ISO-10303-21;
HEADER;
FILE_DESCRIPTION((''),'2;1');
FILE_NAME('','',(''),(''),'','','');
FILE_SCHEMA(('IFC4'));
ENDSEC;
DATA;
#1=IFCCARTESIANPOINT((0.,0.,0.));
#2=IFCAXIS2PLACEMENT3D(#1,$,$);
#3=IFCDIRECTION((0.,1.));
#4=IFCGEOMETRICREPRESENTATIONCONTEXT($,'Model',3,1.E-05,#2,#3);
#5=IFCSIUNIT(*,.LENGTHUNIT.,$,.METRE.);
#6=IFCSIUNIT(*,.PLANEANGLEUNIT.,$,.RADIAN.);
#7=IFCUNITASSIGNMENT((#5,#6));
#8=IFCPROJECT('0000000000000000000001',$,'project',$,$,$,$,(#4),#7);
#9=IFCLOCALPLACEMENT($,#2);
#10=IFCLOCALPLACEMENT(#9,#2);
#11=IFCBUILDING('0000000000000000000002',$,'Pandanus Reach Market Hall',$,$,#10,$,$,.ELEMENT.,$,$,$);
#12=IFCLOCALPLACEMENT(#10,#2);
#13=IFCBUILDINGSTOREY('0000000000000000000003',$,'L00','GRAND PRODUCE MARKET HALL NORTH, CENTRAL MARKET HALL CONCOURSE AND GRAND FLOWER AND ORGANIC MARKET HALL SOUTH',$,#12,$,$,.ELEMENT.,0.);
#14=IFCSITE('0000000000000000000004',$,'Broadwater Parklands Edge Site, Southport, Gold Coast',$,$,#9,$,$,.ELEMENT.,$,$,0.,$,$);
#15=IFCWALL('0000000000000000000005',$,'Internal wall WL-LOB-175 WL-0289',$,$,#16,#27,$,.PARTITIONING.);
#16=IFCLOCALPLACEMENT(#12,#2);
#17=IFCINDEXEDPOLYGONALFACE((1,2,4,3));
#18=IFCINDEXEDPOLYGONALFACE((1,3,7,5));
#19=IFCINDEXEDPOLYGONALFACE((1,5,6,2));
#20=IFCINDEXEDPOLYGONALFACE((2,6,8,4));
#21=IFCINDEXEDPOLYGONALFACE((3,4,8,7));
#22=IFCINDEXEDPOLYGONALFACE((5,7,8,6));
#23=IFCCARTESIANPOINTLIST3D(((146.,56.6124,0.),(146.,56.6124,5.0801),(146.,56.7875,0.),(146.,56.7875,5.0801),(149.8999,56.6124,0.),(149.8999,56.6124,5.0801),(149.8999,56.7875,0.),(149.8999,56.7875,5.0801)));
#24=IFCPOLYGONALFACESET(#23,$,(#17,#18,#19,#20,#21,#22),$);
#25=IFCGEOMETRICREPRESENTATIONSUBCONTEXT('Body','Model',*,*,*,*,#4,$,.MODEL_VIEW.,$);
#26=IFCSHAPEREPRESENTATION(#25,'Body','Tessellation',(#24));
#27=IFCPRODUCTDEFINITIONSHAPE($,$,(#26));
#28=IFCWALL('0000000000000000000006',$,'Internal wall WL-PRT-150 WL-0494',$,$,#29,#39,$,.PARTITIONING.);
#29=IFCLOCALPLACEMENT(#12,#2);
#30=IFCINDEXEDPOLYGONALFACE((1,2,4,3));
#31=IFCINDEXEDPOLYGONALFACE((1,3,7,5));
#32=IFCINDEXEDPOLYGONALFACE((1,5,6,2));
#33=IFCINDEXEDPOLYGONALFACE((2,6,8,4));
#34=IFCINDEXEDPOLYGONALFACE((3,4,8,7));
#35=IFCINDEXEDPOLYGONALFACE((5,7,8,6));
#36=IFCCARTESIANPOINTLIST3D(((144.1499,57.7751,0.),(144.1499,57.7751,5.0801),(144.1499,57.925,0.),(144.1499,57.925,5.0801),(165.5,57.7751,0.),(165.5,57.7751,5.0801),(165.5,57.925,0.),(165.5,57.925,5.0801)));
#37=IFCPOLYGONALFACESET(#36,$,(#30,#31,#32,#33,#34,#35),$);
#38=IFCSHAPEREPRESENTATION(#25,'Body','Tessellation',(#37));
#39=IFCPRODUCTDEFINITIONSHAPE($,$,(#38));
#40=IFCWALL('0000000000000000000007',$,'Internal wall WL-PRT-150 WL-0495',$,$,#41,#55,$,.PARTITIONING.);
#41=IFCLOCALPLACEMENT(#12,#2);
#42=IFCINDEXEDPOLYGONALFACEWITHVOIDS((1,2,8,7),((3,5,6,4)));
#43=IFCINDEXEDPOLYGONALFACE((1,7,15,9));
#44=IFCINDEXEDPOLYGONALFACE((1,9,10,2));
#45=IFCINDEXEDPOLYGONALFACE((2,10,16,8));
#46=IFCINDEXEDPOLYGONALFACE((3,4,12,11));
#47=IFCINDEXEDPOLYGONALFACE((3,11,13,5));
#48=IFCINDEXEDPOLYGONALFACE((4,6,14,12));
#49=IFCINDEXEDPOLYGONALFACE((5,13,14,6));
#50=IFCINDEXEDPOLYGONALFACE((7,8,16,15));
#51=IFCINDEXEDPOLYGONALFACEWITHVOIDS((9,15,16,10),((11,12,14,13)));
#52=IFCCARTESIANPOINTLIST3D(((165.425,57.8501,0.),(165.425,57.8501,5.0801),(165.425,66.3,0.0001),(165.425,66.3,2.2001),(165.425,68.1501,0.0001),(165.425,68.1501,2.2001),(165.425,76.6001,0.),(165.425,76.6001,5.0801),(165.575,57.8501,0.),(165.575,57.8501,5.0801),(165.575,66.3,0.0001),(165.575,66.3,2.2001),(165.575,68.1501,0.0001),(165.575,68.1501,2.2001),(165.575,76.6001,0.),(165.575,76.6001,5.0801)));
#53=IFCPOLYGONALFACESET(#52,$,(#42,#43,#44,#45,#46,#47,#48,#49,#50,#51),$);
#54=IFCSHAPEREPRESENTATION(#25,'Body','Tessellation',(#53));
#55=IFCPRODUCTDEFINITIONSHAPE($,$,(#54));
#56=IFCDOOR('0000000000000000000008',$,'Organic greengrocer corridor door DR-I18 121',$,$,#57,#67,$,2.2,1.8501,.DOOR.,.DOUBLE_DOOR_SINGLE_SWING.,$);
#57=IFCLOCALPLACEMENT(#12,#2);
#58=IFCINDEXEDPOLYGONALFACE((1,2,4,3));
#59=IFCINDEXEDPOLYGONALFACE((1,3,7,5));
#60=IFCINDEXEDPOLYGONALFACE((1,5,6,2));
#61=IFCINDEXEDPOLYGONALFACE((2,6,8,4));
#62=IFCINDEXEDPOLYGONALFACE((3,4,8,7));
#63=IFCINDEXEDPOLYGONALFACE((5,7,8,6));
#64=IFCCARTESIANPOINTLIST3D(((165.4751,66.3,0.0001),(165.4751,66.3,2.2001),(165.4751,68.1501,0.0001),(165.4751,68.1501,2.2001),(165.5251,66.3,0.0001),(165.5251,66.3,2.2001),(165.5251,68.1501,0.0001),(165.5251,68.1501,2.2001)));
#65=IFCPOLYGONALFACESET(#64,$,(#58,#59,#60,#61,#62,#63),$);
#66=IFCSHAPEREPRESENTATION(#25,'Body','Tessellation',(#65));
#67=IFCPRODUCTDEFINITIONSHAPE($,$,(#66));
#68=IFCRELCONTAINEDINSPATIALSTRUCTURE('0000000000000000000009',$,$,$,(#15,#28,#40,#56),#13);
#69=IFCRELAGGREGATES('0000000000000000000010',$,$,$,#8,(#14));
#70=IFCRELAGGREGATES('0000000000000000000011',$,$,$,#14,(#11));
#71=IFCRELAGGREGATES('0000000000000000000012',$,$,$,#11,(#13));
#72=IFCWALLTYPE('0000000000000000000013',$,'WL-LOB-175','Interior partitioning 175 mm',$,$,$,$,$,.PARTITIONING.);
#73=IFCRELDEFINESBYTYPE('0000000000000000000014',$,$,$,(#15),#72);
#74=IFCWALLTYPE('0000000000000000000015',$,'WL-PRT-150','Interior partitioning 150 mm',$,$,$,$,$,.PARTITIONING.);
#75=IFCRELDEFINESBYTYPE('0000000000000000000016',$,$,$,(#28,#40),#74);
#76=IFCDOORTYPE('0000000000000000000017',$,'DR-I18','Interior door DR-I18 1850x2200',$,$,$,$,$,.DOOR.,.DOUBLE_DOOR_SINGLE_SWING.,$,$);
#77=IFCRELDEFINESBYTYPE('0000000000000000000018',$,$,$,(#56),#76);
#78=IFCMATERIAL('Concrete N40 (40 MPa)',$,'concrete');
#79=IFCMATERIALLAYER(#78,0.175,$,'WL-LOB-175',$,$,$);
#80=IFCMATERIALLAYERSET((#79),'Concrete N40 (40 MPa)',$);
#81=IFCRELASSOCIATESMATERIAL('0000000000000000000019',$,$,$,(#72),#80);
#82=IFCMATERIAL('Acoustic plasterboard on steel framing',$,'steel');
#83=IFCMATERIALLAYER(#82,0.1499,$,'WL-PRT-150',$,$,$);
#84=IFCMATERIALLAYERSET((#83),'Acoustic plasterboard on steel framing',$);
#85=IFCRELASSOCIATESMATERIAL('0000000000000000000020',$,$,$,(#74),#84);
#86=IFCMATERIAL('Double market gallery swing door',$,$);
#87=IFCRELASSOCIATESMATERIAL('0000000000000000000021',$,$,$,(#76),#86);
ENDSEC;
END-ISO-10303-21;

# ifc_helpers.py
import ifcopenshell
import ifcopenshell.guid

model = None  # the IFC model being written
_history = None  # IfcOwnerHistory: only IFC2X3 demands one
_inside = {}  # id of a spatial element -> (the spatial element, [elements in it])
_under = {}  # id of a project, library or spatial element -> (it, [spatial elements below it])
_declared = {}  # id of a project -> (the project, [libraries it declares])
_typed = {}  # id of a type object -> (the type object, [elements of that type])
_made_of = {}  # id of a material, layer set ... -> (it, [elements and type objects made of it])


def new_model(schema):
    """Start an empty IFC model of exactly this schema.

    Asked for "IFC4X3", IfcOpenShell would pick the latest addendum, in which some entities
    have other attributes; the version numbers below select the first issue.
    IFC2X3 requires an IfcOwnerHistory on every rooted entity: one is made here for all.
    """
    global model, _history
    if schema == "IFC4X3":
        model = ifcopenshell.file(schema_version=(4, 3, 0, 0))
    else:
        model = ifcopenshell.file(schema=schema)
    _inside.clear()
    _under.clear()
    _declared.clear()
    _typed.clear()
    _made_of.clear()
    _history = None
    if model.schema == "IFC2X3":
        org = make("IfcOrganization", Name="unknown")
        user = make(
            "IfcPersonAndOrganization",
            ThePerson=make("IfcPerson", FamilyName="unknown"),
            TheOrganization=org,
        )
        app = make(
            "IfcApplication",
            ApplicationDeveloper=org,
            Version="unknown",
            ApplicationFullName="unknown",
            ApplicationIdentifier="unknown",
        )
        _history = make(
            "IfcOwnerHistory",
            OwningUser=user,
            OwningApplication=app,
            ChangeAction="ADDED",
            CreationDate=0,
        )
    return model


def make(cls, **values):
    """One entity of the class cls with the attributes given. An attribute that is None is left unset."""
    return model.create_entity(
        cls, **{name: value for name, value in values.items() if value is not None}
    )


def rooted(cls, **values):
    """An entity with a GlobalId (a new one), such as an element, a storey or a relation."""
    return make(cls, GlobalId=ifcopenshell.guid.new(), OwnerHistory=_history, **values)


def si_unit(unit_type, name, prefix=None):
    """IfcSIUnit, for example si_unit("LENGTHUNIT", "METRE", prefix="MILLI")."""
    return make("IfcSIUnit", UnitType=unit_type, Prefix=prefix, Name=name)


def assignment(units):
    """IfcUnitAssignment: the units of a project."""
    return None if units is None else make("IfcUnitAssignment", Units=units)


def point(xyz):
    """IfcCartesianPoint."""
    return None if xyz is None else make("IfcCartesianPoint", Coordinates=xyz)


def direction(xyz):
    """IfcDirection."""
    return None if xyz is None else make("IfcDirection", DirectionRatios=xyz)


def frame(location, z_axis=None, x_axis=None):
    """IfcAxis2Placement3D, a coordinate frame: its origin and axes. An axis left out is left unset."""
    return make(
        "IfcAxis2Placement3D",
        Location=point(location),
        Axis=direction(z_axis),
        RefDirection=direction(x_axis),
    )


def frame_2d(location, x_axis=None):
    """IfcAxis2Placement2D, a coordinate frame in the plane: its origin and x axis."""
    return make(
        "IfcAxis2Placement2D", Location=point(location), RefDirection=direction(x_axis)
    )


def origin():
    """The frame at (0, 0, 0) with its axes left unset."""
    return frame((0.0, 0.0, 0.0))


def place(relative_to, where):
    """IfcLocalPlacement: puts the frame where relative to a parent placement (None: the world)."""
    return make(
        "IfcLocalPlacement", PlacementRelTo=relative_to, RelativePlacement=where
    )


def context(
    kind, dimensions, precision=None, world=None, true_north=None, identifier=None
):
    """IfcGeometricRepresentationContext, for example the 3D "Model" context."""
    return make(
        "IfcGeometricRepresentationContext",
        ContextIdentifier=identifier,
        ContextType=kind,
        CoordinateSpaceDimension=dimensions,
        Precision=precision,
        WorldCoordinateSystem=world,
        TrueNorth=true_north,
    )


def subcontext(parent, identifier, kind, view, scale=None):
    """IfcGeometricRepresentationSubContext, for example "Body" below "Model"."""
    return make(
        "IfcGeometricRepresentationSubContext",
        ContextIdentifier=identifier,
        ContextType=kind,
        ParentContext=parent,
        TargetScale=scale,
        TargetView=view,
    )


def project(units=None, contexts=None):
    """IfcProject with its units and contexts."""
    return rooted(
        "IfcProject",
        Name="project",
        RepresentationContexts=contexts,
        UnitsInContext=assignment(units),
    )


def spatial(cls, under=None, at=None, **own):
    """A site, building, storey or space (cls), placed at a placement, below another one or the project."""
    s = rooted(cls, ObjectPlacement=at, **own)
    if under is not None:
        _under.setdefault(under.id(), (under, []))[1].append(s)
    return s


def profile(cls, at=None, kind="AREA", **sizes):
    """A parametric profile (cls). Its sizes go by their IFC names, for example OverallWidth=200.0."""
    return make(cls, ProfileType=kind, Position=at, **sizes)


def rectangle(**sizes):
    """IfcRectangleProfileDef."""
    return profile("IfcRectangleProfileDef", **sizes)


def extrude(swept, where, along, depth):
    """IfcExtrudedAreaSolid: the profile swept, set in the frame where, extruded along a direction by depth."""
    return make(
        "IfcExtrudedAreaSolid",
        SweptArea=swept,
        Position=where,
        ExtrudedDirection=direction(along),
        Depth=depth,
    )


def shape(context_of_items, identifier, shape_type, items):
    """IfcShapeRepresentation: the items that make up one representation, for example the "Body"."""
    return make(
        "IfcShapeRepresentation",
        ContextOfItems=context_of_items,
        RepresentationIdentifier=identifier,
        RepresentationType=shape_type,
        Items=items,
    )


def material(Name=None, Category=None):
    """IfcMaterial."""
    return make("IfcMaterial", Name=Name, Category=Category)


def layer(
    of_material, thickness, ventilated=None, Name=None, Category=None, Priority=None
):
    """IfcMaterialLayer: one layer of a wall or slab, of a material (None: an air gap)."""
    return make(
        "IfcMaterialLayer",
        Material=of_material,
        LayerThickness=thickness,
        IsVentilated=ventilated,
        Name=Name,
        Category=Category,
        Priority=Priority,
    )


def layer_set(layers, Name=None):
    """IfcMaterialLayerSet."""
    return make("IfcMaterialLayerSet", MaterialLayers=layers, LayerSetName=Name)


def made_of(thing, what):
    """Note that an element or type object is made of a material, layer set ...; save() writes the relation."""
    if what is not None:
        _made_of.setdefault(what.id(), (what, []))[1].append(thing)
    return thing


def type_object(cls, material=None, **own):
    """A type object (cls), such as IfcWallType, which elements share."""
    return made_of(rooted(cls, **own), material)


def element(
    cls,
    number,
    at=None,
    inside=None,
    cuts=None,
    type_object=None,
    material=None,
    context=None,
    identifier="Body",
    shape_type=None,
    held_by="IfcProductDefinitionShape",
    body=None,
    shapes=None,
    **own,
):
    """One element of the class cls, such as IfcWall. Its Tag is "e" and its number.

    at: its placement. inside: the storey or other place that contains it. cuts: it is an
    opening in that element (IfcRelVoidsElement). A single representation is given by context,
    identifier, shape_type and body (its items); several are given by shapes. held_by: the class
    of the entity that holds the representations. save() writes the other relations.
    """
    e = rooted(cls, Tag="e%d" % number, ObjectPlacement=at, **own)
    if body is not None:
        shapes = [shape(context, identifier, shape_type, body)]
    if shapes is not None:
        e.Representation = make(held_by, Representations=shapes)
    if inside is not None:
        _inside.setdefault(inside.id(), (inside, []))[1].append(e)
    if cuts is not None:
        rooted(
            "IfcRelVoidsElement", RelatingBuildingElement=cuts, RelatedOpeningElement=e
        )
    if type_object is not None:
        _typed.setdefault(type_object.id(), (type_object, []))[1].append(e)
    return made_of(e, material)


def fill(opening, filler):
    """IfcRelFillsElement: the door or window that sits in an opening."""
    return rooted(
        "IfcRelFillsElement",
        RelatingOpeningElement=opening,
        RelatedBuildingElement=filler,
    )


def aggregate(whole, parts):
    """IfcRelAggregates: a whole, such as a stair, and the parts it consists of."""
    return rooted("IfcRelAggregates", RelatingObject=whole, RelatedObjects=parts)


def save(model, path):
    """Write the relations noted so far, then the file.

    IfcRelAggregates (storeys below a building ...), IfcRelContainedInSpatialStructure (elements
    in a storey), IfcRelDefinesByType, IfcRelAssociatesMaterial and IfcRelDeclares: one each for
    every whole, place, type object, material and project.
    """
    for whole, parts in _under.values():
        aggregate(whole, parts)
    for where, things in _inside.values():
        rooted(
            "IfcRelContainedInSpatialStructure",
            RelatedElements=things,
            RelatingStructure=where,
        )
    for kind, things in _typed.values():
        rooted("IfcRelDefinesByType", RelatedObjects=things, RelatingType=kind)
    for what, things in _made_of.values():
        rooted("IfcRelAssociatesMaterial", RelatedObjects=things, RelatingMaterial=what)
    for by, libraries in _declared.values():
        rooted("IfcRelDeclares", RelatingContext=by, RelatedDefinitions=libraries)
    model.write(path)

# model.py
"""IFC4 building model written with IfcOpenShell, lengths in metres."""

from ifc_helpers import new_model, si_unit, direction, frame, frame_2d, origin, place, context, subcontext, project, spatial, rectangle, extrude, material, layer, layer_set, type_object, element, fill, save


model = new_model("IFC4")

# Units and contexts
model_context = context("Model", 3, precision=1e-05, world=origin(), true_north=direction((0.0, 1.0)))
body_context = subcontext(model_context, "Body", "Model", "MODEL_VIEW")
ifc_project = project(units=[si_unit("LENGTHUNIT", "METRE"), si_unit("PLANEANGLEUNIT", "RADIAN")], contexts=[model_context])

# Site, building, storey
site_placement = place(None, origin())
site = spatial("IfcSite", under=ifc_project, at=site_placement, Name="Broadwater Parklands Edge Site, Southport, Gold Coast", CompositionType="ELEMENT", RefElevation=0.0)
building_placement = place(site_placement, origin())
building = spatial("IfcBuilding", under=site, at=building_placement, Name="Pandanus Reach Market Hall", CompositionType="ELEMENT")
storey_placement = place(building_placement, origin())
storey = spatial("IfcBuildingStorey", under=building, at=storey_placement, Name="L00", Description="GRAND PRODUCE MARKET HALL NORTH, CENTRAL MARKET HALL CONCOURSE AND GRAND FLOWER AND ORGANIC MARKET HALL SOUTH", CompositionType="ELEMENT", Elevation=0.0)

# Shared definitions
ifc_material_1 = material(Name="Concrete N40 (40 MPa)", Category="concrete")

# Walls
ifc_layer_1 = layer(ifc_material_1, 0.175, Name="WL-LOB-175")
ifc_layer_set_1 = layer_set([ifc_layer_1], Name="Concrete N40 (40 MPa)")
wall_type_1 = type_object("IfcWallType", Name="WL-LOB-175", Description="Interior partitioning 175 mm", PredefinedType="PARTITIONING", material=ifc_layer_set_1)
wall_1_placement = place(storey_placement, frame((146.0, 56.7, 0.0), z_axis=(0.0, 0.0, 1.0), x_axis=(1.0, 0.0, 0.0)))
element("IfcWall", 1, at=wall_1_placement, inside=storey, type_object=wall_type_1, Name="Internal wall WL-LOB-175 WL-0289", PredefinedType="PARTITIONING", context=body_context, shape_type="SweptSolid", body=[
    extrude(rectangle(XDim=3.8999, YDim=0.175, at=frame_2d((1.95, 0.0))), origin(), (0.0, 0.0, 1.0), 5.0801),
])
ifc_material_2 = material(Name="Acoustic plasterboard on steel framing", Category="steel")
ifc_layer_2 = layer(ifc_material_2, 0.1499, Name="WL-PRT-150")
ifc_layer_set_2 = layer_set([ifc_layer_2], Name="Acoustic plasterboard on steel framing")
wall_type_2 = type_object("IfcWallType", Name="WL-PRT-150", Description="Interior partitioning 150 mm", PredefinedType="PARTITIONING", material=ifc_layer_set_2)
wall_2_placement = place(storey_placement, frame((144.1499, 57.8501, 0.0), z_axis=(0.0, 0.0, 1.0), x_axis=(1.0, 0.0, 0.0)))
element("IfcWall", 2, at=wall_2_placement, inside=storey, type_object=wall_type_2, Name="Internal wall WL-PRT-150 WL-0494", PredefinedType="PARTITIONING", context=body_context, shape_type="SweptSolid", body=[
    extrude(rectangle(XDim=21.3501, YDim=0.1499, at=frame_2d((10.675, 0.0))), origin(), (0.0, 0.0, 1.0), 5.0801),
])

# Wall, opening, door
wall_3_placement = place(storey_placement, frame((165.5, 57.8501, 0.0), z_axis=(0.0, 0.0, 1.0), x_axis=(0.0, 1.0, 0.0)))
wall_3 = element("IfcWall", 3, at=wall_3_placement, inside=storey, type_object=wall_type_2, Name="Internal wall WL-PRT-150 WL-0495", PredefinedType="PARTITIONING", context=body_context, shape_type="SweptSolid", body=[
    extrude(rectangle(XDim=18.75, YDim=0.1499, at=frame_2d((9.375, 0.0))), origin(), (0.0, 0.0, 1.0), 5.0801),
])
opening_placement = place(wall_3_placement, frame((8.45, 0.0, 0.0)))
opening = element("IfcOpeningElement", 4, at=opening_placement, cuts=wall_3, PredefinedType="OPENING", context=body_context, shape_type="SweptSolid", body=[
    extrude(rectangle(XDim=1.8501, YDim=2.2, at=frame_2d((0.925, 1.1001))), frame((0.0, 0.0898, 0.0), z_axis=(0.0, -1.0, 0.0), x_axis=(1.0, 0.0, 0.0)), (0.0, 0.0, 1.0), 0.1799),
])
ifc_material_3 = material(Name="Double market gallery swing door")
door_type = type_object("IfcDoorType", Name="DR-I18", Description="Interior door DR-I18 1850x2200", OperationType="DOUBLE_DOOR_SINGLE_SWING", PredefinedType="DOOR", material=ifc_material_3)
door_placement = place(opening_placement, origin())
door = element("IfcDoor", 5, at=door_placement, inside=storey, type_object=door_type, Name="Organic greengrocer corridor door DR-I18 121", OperationType="DOUBLE_DOOR_SINGLE_SWING", OverallHeight=2.2, OverallWidth=1.8501, PredefinedType="DOOR", context=body_context, shape_type="SweptSolid", body=[
    extrude(rectangle(XDim=1.8501, YDim=2.2, at=frame_2d((0.925, 1.1001))), frame((0.0, 0.0249, 0.0), z_axis=(0.0, -1.0, 0.0), x_axis=(1.0, 0.0, 0.0)), (0.0, 0.0, 1.0), 0.05),
])
fill(opening, door)

save(model, "model.ifc")
